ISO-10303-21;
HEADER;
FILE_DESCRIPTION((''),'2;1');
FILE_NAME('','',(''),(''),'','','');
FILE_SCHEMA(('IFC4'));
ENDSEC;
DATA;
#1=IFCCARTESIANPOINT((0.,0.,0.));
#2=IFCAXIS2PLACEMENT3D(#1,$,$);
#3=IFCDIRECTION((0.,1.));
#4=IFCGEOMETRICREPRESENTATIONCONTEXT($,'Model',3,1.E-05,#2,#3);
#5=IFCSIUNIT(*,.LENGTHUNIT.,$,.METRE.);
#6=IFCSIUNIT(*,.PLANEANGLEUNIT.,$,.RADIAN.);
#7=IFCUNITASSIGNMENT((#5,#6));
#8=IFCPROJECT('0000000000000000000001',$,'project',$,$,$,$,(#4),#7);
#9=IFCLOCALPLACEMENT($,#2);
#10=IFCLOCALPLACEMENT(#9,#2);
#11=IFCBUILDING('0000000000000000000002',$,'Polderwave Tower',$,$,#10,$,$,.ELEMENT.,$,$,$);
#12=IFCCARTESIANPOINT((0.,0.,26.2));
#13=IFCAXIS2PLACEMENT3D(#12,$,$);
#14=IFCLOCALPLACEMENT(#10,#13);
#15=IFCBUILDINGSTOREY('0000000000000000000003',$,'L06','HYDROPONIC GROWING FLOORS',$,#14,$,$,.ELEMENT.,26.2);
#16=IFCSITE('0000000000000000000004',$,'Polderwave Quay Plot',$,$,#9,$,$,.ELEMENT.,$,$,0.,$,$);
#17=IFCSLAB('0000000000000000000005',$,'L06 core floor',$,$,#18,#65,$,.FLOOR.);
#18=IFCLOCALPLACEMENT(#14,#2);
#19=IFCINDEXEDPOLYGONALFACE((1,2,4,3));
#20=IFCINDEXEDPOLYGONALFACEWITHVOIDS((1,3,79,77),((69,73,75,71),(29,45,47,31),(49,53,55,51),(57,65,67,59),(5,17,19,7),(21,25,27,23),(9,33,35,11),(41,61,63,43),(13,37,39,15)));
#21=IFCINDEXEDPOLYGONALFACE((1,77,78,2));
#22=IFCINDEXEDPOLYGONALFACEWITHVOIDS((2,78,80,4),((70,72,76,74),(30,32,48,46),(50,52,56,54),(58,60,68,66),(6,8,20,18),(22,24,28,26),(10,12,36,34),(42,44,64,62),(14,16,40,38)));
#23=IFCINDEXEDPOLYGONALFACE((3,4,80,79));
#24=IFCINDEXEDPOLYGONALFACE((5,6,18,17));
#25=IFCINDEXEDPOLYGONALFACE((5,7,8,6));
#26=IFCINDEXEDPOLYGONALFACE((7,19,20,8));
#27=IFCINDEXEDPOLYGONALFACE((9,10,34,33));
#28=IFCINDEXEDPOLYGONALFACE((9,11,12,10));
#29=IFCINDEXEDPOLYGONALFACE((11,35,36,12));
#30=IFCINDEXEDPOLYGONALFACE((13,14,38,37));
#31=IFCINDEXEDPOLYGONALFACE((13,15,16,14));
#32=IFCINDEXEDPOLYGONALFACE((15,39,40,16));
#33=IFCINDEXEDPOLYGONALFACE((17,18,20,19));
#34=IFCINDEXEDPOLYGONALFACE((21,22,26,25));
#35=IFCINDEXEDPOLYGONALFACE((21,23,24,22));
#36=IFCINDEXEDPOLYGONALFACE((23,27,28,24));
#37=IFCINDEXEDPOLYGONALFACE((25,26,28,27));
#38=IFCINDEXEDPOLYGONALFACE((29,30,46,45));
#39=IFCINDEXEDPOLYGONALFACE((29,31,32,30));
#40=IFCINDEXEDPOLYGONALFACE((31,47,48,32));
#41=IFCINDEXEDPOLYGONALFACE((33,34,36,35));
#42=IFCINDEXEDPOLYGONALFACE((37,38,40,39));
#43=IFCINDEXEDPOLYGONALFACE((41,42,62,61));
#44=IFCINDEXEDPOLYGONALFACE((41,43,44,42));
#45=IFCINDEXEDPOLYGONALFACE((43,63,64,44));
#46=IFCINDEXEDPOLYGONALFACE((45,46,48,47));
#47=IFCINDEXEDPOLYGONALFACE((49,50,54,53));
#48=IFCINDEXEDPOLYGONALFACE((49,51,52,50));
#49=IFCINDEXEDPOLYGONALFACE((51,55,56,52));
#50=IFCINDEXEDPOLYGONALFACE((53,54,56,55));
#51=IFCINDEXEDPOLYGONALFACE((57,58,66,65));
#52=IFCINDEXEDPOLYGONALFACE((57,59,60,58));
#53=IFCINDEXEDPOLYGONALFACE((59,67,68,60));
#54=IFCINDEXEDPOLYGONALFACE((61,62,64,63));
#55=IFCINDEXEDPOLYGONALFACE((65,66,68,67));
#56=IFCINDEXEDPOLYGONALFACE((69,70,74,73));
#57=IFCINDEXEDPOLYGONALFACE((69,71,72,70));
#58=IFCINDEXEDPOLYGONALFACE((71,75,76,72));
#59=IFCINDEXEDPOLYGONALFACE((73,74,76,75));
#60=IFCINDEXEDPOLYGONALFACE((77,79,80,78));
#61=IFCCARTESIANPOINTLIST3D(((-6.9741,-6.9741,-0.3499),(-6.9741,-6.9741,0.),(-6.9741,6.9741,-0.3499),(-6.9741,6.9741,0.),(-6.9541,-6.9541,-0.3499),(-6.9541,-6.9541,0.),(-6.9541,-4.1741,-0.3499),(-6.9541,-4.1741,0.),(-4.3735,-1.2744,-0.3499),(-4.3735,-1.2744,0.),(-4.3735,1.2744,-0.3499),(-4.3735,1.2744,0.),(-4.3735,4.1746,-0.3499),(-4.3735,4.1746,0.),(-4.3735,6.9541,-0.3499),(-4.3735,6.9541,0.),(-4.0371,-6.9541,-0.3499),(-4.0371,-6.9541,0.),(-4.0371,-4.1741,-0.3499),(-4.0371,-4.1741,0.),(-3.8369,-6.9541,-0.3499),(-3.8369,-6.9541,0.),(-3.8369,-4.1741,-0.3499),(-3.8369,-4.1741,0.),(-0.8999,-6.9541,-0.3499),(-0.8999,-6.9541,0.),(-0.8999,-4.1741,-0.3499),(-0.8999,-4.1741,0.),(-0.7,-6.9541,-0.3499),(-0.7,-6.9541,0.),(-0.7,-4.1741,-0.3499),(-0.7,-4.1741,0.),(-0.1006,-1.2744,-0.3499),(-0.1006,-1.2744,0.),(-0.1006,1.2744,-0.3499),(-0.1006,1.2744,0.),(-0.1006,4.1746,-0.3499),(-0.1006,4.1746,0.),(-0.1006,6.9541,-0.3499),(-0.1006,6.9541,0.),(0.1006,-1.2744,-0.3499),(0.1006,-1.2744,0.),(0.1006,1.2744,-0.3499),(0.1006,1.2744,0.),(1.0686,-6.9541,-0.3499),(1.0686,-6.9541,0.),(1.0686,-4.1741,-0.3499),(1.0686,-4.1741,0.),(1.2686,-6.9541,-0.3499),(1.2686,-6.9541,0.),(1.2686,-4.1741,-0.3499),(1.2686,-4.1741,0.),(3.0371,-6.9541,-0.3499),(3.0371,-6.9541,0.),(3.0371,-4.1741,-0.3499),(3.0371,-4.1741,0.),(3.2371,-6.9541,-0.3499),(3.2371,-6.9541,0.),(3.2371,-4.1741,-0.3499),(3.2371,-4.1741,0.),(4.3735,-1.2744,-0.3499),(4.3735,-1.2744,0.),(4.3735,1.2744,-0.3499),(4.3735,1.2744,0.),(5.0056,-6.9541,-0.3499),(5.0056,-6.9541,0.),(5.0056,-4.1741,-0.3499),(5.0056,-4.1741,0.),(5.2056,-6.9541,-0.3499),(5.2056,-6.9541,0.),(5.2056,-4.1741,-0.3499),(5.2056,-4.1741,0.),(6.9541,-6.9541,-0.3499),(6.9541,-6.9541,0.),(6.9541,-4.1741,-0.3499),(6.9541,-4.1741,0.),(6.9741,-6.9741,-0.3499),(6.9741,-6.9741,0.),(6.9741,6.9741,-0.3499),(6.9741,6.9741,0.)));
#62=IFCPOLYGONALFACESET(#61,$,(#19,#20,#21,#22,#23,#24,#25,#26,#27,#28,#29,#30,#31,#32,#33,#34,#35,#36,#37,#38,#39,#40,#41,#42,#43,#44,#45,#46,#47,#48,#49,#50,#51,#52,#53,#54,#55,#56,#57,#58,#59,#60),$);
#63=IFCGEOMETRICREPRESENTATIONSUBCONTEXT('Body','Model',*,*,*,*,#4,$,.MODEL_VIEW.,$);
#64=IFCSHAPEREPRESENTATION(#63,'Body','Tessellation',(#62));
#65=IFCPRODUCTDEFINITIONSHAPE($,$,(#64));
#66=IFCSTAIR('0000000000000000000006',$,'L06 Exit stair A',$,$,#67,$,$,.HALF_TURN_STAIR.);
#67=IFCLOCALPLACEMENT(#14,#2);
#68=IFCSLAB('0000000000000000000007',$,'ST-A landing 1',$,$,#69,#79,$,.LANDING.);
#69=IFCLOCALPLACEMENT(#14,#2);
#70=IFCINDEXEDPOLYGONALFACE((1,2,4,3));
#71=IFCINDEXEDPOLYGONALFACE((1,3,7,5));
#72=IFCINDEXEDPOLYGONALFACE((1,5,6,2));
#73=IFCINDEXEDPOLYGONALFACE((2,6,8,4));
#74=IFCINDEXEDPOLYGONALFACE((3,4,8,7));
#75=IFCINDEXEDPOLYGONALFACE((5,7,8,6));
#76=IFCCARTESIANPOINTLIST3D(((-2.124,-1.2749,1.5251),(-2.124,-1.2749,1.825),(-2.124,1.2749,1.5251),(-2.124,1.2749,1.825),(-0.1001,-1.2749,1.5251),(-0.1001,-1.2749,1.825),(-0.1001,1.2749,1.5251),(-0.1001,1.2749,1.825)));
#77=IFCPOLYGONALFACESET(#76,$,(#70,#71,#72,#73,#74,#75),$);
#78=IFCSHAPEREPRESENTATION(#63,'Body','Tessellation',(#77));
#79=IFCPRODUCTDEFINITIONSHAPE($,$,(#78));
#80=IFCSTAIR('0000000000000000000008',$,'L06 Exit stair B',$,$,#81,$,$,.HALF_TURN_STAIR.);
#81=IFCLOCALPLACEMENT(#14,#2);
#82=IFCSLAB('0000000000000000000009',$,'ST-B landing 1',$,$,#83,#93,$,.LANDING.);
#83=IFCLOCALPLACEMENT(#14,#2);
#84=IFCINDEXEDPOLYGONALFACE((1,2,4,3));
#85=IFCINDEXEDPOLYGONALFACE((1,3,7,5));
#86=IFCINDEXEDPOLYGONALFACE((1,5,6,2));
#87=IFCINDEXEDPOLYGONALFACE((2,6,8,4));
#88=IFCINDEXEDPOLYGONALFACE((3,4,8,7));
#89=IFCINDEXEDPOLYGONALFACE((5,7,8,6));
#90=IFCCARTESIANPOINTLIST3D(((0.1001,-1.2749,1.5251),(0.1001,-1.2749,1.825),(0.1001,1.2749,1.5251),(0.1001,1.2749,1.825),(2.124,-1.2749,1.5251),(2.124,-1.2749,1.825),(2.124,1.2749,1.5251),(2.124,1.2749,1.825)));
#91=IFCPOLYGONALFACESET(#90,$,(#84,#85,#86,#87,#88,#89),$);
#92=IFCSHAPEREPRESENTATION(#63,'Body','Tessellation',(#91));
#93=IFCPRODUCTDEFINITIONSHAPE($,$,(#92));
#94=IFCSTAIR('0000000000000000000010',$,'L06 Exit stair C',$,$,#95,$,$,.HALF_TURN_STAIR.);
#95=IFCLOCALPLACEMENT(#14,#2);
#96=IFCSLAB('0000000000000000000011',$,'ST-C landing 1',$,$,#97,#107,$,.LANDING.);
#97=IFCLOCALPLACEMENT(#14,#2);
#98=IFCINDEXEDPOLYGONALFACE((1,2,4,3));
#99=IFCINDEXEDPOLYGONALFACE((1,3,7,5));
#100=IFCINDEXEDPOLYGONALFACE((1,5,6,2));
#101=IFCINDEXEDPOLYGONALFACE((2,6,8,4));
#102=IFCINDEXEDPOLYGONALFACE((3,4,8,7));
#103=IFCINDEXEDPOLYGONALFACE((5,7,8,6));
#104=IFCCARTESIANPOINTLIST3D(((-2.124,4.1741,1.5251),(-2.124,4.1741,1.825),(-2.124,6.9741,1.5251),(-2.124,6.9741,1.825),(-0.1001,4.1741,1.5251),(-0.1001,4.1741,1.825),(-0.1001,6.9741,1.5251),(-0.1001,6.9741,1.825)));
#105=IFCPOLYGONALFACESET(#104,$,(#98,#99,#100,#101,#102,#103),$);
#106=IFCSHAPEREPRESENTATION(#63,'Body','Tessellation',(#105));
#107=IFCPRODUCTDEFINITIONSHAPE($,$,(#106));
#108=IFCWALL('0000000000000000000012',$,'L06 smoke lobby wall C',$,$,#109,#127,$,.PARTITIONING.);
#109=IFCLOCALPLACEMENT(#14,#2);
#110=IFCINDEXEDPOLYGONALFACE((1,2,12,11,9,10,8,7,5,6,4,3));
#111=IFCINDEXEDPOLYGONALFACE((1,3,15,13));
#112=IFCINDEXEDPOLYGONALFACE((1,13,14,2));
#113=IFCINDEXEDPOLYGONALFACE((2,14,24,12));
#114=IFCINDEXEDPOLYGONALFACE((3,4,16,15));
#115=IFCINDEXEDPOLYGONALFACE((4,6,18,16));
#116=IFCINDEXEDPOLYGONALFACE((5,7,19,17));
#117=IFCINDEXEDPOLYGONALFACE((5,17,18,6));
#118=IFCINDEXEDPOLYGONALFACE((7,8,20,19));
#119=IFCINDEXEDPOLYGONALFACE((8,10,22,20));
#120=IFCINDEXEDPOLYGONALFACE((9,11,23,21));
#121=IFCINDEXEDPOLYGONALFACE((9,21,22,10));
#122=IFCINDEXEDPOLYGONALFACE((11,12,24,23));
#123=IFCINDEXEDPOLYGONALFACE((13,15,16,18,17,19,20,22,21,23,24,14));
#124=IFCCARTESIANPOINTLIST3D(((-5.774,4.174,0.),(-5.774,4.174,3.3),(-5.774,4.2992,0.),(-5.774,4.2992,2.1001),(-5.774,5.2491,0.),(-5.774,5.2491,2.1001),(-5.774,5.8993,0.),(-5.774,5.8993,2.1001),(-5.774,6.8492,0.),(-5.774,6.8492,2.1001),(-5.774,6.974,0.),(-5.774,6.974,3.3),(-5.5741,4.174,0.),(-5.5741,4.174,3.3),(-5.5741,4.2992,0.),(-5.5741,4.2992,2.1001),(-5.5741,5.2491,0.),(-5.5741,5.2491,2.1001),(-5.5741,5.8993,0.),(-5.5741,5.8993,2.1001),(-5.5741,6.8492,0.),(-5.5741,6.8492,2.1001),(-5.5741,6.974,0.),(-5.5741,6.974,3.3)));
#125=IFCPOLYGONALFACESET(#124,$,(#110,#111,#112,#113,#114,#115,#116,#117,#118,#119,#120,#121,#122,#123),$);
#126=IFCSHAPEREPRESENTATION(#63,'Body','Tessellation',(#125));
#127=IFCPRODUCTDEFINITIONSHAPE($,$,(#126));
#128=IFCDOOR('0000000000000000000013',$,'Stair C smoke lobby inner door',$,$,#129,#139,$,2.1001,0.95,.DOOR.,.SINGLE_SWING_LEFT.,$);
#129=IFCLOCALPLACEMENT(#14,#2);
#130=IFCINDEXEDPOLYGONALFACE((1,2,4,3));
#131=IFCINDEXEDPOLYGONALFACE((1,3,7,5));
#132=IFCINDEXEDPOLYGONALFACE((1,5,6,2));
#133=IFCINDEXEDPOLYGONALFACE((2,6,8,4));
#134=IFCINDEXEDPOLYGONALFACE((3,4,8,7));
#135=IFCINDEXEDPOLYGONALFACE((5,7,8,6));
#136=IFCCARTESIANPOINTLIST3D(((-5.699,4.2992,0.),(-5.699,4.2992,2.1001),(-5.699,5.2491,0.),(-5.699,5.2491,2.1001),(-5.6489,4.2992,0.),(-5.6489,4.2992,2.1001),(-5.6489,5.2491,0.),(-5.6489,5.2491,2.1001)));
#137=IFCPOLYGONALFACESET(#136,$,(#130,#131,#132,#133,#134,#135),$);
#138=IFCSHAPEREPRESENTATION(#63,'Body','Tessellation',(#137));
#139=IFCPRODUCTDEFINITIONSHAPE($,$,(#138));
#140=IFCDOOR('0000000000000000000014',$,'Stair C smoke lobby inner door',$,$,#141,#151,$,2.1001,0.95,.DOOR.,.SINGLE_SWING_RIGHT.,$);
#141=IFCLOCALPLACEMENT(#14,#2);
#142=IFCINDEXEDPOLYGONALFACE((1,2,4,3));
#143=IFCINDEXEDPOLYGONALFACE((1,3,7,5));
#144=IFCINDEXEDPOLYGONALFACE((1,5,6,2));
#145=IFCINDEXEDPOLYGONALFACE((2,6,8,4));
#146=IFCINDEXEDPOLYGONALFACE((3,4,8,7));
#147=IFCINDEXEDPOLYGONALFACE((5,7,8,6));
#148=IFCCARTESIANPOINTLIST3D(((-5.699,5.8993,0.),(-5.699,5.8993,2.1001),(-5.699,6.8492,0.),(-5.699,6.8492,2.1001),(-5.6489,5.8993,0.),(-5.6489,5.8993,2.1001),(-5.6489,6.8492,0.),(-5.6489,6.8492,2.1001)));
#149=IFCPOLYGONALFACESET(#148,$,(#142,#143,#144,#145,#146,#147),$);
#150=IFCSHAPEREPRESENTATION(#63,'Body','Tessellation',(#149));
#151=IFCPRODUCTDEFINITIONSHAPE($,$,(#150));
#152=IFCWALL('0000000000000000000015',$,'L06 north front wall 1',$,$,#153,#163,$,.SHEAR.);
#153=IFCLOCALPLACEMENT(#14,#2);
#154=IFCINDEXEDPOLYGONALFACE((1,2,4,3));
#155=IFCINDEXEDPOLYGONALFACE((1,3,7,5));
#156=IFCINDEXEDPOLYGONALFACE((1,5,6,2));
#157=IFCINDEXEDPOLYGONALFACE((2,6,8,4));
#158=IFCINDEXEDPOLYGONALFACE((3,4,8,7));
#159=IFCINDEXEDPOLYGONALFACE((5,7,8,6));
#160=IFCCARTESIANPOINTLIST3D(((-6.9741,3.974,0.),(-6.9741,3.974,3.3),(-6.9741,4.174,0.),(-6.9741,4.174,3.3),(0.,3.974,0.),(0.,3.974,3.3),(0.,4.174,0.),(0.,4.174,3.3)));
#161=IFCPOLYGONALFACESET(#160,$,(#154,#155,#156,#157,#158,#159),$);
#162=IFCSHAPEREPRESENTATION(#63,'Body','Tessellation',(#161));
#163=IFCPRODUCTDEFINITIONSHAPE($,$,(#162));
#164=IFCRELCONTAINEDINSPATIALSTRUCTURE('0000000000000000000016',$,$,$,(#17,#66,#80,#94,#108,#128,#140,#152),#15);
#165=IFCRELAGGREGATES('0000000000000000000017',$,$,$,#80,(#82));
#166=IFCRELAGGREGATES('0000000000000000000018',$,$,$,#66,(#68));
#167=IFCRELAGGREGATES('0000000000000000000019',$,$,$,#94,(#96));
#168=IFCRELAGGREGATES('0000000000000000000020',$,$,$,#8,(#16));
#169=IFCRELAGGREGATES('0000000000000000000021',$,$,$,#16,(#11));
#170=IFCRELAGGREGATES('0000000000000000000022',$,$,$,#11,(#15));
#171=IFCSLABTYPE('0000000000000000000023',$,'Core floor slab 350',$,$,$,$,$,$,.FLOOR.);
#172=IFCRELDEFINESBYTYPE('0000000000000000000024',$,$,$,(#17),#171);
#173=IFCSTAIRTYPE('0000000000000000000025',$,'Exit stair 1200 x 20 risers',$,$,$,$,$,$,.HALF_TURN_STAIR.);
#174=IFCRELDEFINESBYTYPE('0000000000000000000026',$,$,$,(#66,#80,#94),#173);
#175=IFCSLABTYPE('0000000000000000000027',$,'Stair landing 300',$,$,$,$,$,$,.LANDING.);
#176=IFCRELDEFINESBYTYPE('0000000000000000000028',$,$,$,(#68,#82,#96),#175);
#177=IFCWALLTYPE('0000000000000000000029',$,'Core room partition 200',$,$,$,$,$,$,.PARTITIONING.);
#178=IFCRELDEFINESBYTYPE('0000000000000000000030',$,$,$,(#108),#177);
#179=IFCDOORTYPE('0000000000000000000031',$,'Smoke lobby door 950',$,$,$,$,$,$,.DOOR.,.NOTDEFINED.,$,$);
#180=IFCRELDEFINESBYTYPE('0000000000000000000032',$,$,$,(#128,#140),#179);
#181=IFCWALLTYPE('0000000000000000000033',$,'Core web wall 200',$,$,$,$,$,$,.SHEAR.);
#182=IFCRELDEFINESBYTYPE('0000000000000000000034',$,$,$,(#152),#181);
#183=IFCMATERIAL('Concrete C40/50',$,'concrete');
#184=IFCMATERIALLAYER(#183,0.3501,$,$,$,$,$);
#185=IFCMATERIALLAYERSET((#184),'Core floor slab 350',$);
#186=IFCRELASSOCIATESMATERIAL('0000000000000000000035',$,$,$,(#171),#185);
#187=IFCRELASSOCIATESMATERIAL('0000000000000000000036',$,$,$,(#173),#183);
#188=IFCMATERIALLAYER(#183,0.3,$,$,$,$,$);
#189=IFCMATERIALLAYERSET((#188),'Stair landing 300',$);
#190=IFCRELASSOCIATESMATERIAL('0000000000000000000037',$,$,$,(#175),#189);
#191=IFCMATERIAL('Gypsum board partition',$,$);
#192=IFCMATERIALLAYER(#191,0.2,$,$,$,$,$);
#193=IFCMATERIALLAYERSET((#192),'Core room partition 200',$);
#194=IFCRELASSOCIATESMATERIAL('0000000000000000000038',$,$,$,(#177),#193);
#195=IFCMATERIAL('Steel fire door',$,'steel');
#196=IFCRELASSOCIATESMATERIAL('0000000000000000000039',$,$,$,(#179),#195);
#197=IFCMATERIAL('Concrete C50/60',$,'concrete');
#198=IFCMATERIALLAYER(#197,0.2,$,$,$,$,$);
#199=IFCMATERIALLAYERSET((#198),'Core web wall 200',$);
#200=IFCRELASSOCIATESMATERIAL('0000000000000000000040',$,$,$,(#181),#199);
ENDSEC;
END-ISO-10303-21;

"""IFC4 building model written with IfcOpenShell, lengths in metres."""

from ifc_helpers import new_model, si_unit, direction, frame, frame_2d, origin, place, context, subcontext, project, spatial, polyline, rectangle, outline, extrude, material, layer, layer_set, type_object, element, fill, aggregate, save


model = new_model("IFC4")

# Units and contexts
model_context = context("Model", 3, precision=1e-05, world=origin(), true_north=direction((0.0, 1.0)))
body_context = subcontext(model_context, "Body", "Model", "MODEL_VIEW")
ifc_project = project(units=[si_unit("LENGTHUNIT", "METRE"), si_unit("PLANEANGLEUNIT", "RADIAN")], contexts=[model_context])

# Site, building, storey
site_placement = place(None, origin())
site = spatial("IfcSite", under=ifc_project, at=site_placement, Name="Polderwave Quay Plot", CompositionType="ELEMENT", RefElevation=0.0)
building_placement = place(site_placement, origin())
building = spatial("IfcBuilding", under=site, at=building_placement, Name="Polderwave Tower", CompositionType="ELEMENT")
storey_placement = place(building_placement, frame((0.0, 0.0, 26.2)))
storey = spatial("IfcBuildingStorey", under=building, at=storey_placement, Name="L06", Description="HYDROPONIC GROWING FLOORS", CompositionType="ELEMENT", Elevation=26.2)

# Slab
ifc_material_1 = material(Name="Concrete C40/50", Category="concrete")
ifc_layer_1 = layer(ifc_material_1, 0.3501)
ifc_layer_set_1 = layer_set([ifc_layer_1], Name="Core floor slab 350")
slab_type_1 = type_object("IfcSlabType", Name="Core floor slab 350", PredefinedType="FLOOR", material=ifc_layer_set_1)
slab_1_placement = place(storey_placement, frame((0.0, 0.0, -0.3499)))
element("IfcSlab", 1, at=slab_1_placement, inside=storey, type_object=slab_type_1, Name="L06 core floor", PredefinedType="FLOOR", context=body_context, shape_type="SweptSolid", body=[
    extrude(outline(polyline([(-6.9741, -6.9741), (6.9741, -6.9741), (6.9741, 6.9741), (-6.9741, 6.9741), (-6.9741, -6.9741)]), holes=[polyline([(-6.9541, -6.9541), (-4.0371, -6.9541), (-4.0371, -4.1741), (-6.9541, -4.1741), (-6.9541, -6.9541)]), polyline([(-3.8369, -6.9541), (-0.8999, -6.9541), (-0.8999, -4.1741), (-3.8369, -4.1741), (-3.8369, -6.9541)]), polyline([(-0.7, -6.9541), (1.0686, -6.9541), (1.0686, -4.1741), (-0.7, -4.1741), (-0.7, -6.9541)]), polyline([(1.2686, -6.9541), (3.0371, -6.9541), (3.0371, -4.1741), (1.2686, -4.1741), (1.2686, -6.9541)]), polyline([(3.2371, -6.9541), (5.0056, -6.9541), (5.0056, -4.1741), (3.2371, -4.1741), (3.2371, -6.9541)]), polyline([(5.2056, -6.9541), (6.9541, -6.9541), (6.9541, -4.1741), (5.2056, -4.1741), (5.2056, -6.9541)]), polyline([(-4.3735, -1.2744), (-0.1006, -1.2744), (-0.1006, 1.2744), (-4.3735, 1.2744), (-4.3735, -1.2744)]), polyline([(0.1006, -1.2744), (4.3735, -1.2744), (4.3735, 1.2744), (0.1006, 1.2744), (0.1006, -1.2744)]), polyline([(-4.3735, 4.1746), (-0.1006, 4.1746), (-0.1006, 6.9541), (-4.3735, 6.9541), (-4.3735, 4.1746)])]), origin(), (0.0, 0.0, 1.0), 0.3499),
])

# Stairs, slabs
stair_type = type_object("IfcStairType", Name="Exit stair 1200 x 20 risers", PredefinedType="HALF_TURN_STAIR", material=ifc_material_1)
stair_1_placement = place(storey_placement, origin())
stair_1 = element("IfcStair", 2, at=stair_1_placement, inside=storey, type_object=stair_type, Name="L06 Exit stair A", PredefinedType="HALF_TURN_STAIR")
ifc_layer_2 = layer(ifc_material_1, 0.3)
ifc_layer_set_2 = layer_set([ifc_layer_2], Name="Stair landing 300")
slab_type_2 = type_object("IfcSlabType", Name="Stair landing 300", PredefinedType="LANDING", material=ifc_layer_set_2)
slab_2_placement = place(storey_placement, frame((0.0, 0.0, 1.5251)))
slab_2 = element("IfcSlab", 3, at=slab_2_placement, type_object=slab_type_2, Name="ST-A landing 1", PredefinedType="LANDING", context=body_context, shape_type="SweptSolid", body=[
    extrude(outline(polyline([(-2.124, -1.2749), (-0.1001, -1.2749), (-0.1001, 1.2749), (-2.124, 1.2749), (-2.124, -1.2749)])), origin(), (0.0, 0.0, 1.0), 0.2998),
])
stair_2_placement = place(storey_placement, origin())
stair_2 = element("IfcStair", 4, at=stair_2_placement, inside=storey, type_object=stair_type, Name="L06 Exit stair B", PredefinedType="HALF_TURN_STAIR")
slab_3_placement = place(storey_placement, frame((0.0, 0.0, 1.5251)))
slab_3 = element("IfcSlab", 5, at=slab_3_placement, type_object=slab_type_2, Name="ST-B landing 1", PredefinedType="LANDING", context=body_context, shape_type="SweptSolid", body=[
    extrude(outline(polyline([(2.124, 1.2749), (0.1001, 1.2749), (0.1001, -1.2749), (2.124, -1.2749), (2.124, 1.2749)])), origin(), (0.0, 0.0, 1.0), 0.2998),
])
aggregate(stair_2, [slab_3])
stair_3_placement = place(storey_placement, origin())
stair_3 = element("IfcStair", 6, at=stair_3_placement, inside=storey, type_object=stair_type, Name="L06 Exit stair C", PredefinedType="HALF_TURN_STAIR")
slab_4_placement = place(storey_placement, frame((0.0, 0.0, 1.5251)))
slab_4 = element("IfcSlab", 7, at=slab_4_placement, type_object=slab_type_2, Name="ST-C landing 1", PredefinedType="LANDING", context=body_context, shape_type="SweptSolid", body=[
    extrude(outline(polyline([(-2.124, 4.1741), (-0.1001, 4.1741), (-0.1001, 6.9741), (-2.124, 6.9741), (-2.124, 4.1741)])), origin(), (0.0, 0.0, 1.0), 0.2998),
])

# Wall, openings, doors
ifc_material_2 = material(Name="Gypsum board partition")
ifc_layer_3 = layer(ifc_material_2, 0.2)
ifc_layer_set_3 = layer_set([ifc_layer_3], Name="Core room partition 200")
wall_type_1 = type_object("IfcWallType", Name="Core room partition 200", PredefinedType="PARTITIONING", material=ifc_layer_set_3)
wall_1_placement = place(storey_placement, frame((-5.6741, 4.1741, 0.0), z_axis=(0.0, 0.0, 1.0), x_axis=(0.0, 1.0, 0.0)))
wall_1 = element("IfcWall", 8, at=wall_1_placement, inside=storey, type_object=wall_type_1, Name="L06 smoke lobby wall C", PredefinedType="PARTITIONING", context=body_context, shape_type="SweptSolid", body=[
    extrude(rectangle(XDim=2.8, YDim=0.2, at=frame_2d((1.3999, 0.0))), origin(), (0.0, 0.0, 1.0), 3.3),
])
opening_1_placement = place(wall_1_placement, frame((0.125, 0.0, 0.0)))
opening_1 = element("IfcOpeningElement", 9, at=opening_1_placement, cuts=wall_1, PredefinedType="OPENING", context=body_context, shape_type="SweptSolid", body=[
    extrude(rectangle(XDim=0.95, YDim=2.1001, at=frame_2d((0.4751, 1.05))), frame((0.0, 0.1099, 0.0), z_axis=(0.0, -1.0, 0.0), x_axis=(1.0, 0.0, 0.0)), (0.0, 0.0, 1.0), 0.22),
])
opening_2_placement = place(wall_1_placement, frame((1.7251, 0.0, 0.0)))
opening_2 = element("IfcOpeningElement", 10, at=opening_2_placement, cuts=wall_1, PredefinedType="OPENING", context=body_context, shape_type="SweptSolid", body=[
    extrude(rectangle(XDim=0.95, YDim=2.1001, at=frame_2d((0.4751, 1.05))), frame((0.0, 0.1099, 0.0), z_axis=(0.0, -1.0, 0.0), x_axis=(1.0, 0.0, 0.0)), (0.0, 0.0, 1.0), 0.22),
])
ifc_material_3 = material(Name="Steel fire door", Category="steel")
door_type_1 = type_object("IfcDoorType", Name="Smoke lobby door 950", OperationType="NOTDEFINED", PredefinedType="DOOR", material=ifc_material_3)
door_1_placement = place(opening_1_placement, origin())
door_1 = element("IfcDoor", 11, at=door_1_placement, inside=storey, type_object=door_type_1, Name="Stair C smoke lobby inner door", OperationType="SINGLE_SWING_LEFT", OverallHeight=2.1001, OverallWidth=0.95, PredefinedType="DOOR", context=body_context, shape_type="SweptSolid", body=[
    extrude(rectangle(XDim=0.95, YDim=2.1001, at=frame_2d((0.4751, 1.05))), frame((0.0, 0.0249, 0.0), z_axis=(0.0, -1.0, 0.0), x_axis=(1.0, 0.0, 0.0)), (0.0, 0.0, 1.0), 0.05),
])
fill(opening_1, door_1)
door_2_placement = place(opening_2_placement, origin())
door_2 = element("IfcDoor", 12, at=door_2_placement, inside=storey, type_object=door_type_1, Name="Stair C smoke lobby inner door", OperationType="SINGLE_SWING_RIGHT", OverallHeight=2.1001, OverallWidth=0.95, PredefinedType="DOOR", context=body_context, shape_type="SweptSolid", body=[
    extrude(rectangle(XDim=0.95, YDim=2.1001, at=frame_2d((0.4751, 1.05))), frame((0.0, 0.0249, 0.0), z_axis=(0.0, -1.0, 0.0), x_axis=(1.0, 0.0, 0.0)), (0.0, 0.0, 1.0), 0.05),
])
fill(opening_2, door_2)

# Wall
ifc_material_4 = material(Name="Concrete C50/60", Category="concrete")
ifc_layer_4 = layer(ifc_material_4, 0.2)
ifc_layer_set_4 = layer_set([ifc_layer_4], Name="Core web wall 200")
wall_type_2 = type_object("IfcWallType", Name="Core web wall 200", PredefinedType="SHEAR", material=ifc_layer_set_4)
wall_2_placement = place(storey_placement, frame((-6.9741, 4.074, 0.0), z_axis=(0.0, 0.0, 1.0), x_axis=(1.0, 0.0, 0.0)))
element("IfcWall", 13, at=wall_2_placement, inside=storey, type_object=wall_type_2, Name="L06 north front wall 1", PredefinedType="SHEAR", context=body_context, shape_type="SweptSolid", body=[
    extrude(rectangle(XDim=6.9741, YDim=0.2, at=frame_2d((3.4871, 0.0))), origin(), (0.0, 0.0, 1.0), 3.3),
])

aggregate(stair_1, [slab_2])
aggregate(stair_3, [slab_4])

save(model, "model.ifc")
